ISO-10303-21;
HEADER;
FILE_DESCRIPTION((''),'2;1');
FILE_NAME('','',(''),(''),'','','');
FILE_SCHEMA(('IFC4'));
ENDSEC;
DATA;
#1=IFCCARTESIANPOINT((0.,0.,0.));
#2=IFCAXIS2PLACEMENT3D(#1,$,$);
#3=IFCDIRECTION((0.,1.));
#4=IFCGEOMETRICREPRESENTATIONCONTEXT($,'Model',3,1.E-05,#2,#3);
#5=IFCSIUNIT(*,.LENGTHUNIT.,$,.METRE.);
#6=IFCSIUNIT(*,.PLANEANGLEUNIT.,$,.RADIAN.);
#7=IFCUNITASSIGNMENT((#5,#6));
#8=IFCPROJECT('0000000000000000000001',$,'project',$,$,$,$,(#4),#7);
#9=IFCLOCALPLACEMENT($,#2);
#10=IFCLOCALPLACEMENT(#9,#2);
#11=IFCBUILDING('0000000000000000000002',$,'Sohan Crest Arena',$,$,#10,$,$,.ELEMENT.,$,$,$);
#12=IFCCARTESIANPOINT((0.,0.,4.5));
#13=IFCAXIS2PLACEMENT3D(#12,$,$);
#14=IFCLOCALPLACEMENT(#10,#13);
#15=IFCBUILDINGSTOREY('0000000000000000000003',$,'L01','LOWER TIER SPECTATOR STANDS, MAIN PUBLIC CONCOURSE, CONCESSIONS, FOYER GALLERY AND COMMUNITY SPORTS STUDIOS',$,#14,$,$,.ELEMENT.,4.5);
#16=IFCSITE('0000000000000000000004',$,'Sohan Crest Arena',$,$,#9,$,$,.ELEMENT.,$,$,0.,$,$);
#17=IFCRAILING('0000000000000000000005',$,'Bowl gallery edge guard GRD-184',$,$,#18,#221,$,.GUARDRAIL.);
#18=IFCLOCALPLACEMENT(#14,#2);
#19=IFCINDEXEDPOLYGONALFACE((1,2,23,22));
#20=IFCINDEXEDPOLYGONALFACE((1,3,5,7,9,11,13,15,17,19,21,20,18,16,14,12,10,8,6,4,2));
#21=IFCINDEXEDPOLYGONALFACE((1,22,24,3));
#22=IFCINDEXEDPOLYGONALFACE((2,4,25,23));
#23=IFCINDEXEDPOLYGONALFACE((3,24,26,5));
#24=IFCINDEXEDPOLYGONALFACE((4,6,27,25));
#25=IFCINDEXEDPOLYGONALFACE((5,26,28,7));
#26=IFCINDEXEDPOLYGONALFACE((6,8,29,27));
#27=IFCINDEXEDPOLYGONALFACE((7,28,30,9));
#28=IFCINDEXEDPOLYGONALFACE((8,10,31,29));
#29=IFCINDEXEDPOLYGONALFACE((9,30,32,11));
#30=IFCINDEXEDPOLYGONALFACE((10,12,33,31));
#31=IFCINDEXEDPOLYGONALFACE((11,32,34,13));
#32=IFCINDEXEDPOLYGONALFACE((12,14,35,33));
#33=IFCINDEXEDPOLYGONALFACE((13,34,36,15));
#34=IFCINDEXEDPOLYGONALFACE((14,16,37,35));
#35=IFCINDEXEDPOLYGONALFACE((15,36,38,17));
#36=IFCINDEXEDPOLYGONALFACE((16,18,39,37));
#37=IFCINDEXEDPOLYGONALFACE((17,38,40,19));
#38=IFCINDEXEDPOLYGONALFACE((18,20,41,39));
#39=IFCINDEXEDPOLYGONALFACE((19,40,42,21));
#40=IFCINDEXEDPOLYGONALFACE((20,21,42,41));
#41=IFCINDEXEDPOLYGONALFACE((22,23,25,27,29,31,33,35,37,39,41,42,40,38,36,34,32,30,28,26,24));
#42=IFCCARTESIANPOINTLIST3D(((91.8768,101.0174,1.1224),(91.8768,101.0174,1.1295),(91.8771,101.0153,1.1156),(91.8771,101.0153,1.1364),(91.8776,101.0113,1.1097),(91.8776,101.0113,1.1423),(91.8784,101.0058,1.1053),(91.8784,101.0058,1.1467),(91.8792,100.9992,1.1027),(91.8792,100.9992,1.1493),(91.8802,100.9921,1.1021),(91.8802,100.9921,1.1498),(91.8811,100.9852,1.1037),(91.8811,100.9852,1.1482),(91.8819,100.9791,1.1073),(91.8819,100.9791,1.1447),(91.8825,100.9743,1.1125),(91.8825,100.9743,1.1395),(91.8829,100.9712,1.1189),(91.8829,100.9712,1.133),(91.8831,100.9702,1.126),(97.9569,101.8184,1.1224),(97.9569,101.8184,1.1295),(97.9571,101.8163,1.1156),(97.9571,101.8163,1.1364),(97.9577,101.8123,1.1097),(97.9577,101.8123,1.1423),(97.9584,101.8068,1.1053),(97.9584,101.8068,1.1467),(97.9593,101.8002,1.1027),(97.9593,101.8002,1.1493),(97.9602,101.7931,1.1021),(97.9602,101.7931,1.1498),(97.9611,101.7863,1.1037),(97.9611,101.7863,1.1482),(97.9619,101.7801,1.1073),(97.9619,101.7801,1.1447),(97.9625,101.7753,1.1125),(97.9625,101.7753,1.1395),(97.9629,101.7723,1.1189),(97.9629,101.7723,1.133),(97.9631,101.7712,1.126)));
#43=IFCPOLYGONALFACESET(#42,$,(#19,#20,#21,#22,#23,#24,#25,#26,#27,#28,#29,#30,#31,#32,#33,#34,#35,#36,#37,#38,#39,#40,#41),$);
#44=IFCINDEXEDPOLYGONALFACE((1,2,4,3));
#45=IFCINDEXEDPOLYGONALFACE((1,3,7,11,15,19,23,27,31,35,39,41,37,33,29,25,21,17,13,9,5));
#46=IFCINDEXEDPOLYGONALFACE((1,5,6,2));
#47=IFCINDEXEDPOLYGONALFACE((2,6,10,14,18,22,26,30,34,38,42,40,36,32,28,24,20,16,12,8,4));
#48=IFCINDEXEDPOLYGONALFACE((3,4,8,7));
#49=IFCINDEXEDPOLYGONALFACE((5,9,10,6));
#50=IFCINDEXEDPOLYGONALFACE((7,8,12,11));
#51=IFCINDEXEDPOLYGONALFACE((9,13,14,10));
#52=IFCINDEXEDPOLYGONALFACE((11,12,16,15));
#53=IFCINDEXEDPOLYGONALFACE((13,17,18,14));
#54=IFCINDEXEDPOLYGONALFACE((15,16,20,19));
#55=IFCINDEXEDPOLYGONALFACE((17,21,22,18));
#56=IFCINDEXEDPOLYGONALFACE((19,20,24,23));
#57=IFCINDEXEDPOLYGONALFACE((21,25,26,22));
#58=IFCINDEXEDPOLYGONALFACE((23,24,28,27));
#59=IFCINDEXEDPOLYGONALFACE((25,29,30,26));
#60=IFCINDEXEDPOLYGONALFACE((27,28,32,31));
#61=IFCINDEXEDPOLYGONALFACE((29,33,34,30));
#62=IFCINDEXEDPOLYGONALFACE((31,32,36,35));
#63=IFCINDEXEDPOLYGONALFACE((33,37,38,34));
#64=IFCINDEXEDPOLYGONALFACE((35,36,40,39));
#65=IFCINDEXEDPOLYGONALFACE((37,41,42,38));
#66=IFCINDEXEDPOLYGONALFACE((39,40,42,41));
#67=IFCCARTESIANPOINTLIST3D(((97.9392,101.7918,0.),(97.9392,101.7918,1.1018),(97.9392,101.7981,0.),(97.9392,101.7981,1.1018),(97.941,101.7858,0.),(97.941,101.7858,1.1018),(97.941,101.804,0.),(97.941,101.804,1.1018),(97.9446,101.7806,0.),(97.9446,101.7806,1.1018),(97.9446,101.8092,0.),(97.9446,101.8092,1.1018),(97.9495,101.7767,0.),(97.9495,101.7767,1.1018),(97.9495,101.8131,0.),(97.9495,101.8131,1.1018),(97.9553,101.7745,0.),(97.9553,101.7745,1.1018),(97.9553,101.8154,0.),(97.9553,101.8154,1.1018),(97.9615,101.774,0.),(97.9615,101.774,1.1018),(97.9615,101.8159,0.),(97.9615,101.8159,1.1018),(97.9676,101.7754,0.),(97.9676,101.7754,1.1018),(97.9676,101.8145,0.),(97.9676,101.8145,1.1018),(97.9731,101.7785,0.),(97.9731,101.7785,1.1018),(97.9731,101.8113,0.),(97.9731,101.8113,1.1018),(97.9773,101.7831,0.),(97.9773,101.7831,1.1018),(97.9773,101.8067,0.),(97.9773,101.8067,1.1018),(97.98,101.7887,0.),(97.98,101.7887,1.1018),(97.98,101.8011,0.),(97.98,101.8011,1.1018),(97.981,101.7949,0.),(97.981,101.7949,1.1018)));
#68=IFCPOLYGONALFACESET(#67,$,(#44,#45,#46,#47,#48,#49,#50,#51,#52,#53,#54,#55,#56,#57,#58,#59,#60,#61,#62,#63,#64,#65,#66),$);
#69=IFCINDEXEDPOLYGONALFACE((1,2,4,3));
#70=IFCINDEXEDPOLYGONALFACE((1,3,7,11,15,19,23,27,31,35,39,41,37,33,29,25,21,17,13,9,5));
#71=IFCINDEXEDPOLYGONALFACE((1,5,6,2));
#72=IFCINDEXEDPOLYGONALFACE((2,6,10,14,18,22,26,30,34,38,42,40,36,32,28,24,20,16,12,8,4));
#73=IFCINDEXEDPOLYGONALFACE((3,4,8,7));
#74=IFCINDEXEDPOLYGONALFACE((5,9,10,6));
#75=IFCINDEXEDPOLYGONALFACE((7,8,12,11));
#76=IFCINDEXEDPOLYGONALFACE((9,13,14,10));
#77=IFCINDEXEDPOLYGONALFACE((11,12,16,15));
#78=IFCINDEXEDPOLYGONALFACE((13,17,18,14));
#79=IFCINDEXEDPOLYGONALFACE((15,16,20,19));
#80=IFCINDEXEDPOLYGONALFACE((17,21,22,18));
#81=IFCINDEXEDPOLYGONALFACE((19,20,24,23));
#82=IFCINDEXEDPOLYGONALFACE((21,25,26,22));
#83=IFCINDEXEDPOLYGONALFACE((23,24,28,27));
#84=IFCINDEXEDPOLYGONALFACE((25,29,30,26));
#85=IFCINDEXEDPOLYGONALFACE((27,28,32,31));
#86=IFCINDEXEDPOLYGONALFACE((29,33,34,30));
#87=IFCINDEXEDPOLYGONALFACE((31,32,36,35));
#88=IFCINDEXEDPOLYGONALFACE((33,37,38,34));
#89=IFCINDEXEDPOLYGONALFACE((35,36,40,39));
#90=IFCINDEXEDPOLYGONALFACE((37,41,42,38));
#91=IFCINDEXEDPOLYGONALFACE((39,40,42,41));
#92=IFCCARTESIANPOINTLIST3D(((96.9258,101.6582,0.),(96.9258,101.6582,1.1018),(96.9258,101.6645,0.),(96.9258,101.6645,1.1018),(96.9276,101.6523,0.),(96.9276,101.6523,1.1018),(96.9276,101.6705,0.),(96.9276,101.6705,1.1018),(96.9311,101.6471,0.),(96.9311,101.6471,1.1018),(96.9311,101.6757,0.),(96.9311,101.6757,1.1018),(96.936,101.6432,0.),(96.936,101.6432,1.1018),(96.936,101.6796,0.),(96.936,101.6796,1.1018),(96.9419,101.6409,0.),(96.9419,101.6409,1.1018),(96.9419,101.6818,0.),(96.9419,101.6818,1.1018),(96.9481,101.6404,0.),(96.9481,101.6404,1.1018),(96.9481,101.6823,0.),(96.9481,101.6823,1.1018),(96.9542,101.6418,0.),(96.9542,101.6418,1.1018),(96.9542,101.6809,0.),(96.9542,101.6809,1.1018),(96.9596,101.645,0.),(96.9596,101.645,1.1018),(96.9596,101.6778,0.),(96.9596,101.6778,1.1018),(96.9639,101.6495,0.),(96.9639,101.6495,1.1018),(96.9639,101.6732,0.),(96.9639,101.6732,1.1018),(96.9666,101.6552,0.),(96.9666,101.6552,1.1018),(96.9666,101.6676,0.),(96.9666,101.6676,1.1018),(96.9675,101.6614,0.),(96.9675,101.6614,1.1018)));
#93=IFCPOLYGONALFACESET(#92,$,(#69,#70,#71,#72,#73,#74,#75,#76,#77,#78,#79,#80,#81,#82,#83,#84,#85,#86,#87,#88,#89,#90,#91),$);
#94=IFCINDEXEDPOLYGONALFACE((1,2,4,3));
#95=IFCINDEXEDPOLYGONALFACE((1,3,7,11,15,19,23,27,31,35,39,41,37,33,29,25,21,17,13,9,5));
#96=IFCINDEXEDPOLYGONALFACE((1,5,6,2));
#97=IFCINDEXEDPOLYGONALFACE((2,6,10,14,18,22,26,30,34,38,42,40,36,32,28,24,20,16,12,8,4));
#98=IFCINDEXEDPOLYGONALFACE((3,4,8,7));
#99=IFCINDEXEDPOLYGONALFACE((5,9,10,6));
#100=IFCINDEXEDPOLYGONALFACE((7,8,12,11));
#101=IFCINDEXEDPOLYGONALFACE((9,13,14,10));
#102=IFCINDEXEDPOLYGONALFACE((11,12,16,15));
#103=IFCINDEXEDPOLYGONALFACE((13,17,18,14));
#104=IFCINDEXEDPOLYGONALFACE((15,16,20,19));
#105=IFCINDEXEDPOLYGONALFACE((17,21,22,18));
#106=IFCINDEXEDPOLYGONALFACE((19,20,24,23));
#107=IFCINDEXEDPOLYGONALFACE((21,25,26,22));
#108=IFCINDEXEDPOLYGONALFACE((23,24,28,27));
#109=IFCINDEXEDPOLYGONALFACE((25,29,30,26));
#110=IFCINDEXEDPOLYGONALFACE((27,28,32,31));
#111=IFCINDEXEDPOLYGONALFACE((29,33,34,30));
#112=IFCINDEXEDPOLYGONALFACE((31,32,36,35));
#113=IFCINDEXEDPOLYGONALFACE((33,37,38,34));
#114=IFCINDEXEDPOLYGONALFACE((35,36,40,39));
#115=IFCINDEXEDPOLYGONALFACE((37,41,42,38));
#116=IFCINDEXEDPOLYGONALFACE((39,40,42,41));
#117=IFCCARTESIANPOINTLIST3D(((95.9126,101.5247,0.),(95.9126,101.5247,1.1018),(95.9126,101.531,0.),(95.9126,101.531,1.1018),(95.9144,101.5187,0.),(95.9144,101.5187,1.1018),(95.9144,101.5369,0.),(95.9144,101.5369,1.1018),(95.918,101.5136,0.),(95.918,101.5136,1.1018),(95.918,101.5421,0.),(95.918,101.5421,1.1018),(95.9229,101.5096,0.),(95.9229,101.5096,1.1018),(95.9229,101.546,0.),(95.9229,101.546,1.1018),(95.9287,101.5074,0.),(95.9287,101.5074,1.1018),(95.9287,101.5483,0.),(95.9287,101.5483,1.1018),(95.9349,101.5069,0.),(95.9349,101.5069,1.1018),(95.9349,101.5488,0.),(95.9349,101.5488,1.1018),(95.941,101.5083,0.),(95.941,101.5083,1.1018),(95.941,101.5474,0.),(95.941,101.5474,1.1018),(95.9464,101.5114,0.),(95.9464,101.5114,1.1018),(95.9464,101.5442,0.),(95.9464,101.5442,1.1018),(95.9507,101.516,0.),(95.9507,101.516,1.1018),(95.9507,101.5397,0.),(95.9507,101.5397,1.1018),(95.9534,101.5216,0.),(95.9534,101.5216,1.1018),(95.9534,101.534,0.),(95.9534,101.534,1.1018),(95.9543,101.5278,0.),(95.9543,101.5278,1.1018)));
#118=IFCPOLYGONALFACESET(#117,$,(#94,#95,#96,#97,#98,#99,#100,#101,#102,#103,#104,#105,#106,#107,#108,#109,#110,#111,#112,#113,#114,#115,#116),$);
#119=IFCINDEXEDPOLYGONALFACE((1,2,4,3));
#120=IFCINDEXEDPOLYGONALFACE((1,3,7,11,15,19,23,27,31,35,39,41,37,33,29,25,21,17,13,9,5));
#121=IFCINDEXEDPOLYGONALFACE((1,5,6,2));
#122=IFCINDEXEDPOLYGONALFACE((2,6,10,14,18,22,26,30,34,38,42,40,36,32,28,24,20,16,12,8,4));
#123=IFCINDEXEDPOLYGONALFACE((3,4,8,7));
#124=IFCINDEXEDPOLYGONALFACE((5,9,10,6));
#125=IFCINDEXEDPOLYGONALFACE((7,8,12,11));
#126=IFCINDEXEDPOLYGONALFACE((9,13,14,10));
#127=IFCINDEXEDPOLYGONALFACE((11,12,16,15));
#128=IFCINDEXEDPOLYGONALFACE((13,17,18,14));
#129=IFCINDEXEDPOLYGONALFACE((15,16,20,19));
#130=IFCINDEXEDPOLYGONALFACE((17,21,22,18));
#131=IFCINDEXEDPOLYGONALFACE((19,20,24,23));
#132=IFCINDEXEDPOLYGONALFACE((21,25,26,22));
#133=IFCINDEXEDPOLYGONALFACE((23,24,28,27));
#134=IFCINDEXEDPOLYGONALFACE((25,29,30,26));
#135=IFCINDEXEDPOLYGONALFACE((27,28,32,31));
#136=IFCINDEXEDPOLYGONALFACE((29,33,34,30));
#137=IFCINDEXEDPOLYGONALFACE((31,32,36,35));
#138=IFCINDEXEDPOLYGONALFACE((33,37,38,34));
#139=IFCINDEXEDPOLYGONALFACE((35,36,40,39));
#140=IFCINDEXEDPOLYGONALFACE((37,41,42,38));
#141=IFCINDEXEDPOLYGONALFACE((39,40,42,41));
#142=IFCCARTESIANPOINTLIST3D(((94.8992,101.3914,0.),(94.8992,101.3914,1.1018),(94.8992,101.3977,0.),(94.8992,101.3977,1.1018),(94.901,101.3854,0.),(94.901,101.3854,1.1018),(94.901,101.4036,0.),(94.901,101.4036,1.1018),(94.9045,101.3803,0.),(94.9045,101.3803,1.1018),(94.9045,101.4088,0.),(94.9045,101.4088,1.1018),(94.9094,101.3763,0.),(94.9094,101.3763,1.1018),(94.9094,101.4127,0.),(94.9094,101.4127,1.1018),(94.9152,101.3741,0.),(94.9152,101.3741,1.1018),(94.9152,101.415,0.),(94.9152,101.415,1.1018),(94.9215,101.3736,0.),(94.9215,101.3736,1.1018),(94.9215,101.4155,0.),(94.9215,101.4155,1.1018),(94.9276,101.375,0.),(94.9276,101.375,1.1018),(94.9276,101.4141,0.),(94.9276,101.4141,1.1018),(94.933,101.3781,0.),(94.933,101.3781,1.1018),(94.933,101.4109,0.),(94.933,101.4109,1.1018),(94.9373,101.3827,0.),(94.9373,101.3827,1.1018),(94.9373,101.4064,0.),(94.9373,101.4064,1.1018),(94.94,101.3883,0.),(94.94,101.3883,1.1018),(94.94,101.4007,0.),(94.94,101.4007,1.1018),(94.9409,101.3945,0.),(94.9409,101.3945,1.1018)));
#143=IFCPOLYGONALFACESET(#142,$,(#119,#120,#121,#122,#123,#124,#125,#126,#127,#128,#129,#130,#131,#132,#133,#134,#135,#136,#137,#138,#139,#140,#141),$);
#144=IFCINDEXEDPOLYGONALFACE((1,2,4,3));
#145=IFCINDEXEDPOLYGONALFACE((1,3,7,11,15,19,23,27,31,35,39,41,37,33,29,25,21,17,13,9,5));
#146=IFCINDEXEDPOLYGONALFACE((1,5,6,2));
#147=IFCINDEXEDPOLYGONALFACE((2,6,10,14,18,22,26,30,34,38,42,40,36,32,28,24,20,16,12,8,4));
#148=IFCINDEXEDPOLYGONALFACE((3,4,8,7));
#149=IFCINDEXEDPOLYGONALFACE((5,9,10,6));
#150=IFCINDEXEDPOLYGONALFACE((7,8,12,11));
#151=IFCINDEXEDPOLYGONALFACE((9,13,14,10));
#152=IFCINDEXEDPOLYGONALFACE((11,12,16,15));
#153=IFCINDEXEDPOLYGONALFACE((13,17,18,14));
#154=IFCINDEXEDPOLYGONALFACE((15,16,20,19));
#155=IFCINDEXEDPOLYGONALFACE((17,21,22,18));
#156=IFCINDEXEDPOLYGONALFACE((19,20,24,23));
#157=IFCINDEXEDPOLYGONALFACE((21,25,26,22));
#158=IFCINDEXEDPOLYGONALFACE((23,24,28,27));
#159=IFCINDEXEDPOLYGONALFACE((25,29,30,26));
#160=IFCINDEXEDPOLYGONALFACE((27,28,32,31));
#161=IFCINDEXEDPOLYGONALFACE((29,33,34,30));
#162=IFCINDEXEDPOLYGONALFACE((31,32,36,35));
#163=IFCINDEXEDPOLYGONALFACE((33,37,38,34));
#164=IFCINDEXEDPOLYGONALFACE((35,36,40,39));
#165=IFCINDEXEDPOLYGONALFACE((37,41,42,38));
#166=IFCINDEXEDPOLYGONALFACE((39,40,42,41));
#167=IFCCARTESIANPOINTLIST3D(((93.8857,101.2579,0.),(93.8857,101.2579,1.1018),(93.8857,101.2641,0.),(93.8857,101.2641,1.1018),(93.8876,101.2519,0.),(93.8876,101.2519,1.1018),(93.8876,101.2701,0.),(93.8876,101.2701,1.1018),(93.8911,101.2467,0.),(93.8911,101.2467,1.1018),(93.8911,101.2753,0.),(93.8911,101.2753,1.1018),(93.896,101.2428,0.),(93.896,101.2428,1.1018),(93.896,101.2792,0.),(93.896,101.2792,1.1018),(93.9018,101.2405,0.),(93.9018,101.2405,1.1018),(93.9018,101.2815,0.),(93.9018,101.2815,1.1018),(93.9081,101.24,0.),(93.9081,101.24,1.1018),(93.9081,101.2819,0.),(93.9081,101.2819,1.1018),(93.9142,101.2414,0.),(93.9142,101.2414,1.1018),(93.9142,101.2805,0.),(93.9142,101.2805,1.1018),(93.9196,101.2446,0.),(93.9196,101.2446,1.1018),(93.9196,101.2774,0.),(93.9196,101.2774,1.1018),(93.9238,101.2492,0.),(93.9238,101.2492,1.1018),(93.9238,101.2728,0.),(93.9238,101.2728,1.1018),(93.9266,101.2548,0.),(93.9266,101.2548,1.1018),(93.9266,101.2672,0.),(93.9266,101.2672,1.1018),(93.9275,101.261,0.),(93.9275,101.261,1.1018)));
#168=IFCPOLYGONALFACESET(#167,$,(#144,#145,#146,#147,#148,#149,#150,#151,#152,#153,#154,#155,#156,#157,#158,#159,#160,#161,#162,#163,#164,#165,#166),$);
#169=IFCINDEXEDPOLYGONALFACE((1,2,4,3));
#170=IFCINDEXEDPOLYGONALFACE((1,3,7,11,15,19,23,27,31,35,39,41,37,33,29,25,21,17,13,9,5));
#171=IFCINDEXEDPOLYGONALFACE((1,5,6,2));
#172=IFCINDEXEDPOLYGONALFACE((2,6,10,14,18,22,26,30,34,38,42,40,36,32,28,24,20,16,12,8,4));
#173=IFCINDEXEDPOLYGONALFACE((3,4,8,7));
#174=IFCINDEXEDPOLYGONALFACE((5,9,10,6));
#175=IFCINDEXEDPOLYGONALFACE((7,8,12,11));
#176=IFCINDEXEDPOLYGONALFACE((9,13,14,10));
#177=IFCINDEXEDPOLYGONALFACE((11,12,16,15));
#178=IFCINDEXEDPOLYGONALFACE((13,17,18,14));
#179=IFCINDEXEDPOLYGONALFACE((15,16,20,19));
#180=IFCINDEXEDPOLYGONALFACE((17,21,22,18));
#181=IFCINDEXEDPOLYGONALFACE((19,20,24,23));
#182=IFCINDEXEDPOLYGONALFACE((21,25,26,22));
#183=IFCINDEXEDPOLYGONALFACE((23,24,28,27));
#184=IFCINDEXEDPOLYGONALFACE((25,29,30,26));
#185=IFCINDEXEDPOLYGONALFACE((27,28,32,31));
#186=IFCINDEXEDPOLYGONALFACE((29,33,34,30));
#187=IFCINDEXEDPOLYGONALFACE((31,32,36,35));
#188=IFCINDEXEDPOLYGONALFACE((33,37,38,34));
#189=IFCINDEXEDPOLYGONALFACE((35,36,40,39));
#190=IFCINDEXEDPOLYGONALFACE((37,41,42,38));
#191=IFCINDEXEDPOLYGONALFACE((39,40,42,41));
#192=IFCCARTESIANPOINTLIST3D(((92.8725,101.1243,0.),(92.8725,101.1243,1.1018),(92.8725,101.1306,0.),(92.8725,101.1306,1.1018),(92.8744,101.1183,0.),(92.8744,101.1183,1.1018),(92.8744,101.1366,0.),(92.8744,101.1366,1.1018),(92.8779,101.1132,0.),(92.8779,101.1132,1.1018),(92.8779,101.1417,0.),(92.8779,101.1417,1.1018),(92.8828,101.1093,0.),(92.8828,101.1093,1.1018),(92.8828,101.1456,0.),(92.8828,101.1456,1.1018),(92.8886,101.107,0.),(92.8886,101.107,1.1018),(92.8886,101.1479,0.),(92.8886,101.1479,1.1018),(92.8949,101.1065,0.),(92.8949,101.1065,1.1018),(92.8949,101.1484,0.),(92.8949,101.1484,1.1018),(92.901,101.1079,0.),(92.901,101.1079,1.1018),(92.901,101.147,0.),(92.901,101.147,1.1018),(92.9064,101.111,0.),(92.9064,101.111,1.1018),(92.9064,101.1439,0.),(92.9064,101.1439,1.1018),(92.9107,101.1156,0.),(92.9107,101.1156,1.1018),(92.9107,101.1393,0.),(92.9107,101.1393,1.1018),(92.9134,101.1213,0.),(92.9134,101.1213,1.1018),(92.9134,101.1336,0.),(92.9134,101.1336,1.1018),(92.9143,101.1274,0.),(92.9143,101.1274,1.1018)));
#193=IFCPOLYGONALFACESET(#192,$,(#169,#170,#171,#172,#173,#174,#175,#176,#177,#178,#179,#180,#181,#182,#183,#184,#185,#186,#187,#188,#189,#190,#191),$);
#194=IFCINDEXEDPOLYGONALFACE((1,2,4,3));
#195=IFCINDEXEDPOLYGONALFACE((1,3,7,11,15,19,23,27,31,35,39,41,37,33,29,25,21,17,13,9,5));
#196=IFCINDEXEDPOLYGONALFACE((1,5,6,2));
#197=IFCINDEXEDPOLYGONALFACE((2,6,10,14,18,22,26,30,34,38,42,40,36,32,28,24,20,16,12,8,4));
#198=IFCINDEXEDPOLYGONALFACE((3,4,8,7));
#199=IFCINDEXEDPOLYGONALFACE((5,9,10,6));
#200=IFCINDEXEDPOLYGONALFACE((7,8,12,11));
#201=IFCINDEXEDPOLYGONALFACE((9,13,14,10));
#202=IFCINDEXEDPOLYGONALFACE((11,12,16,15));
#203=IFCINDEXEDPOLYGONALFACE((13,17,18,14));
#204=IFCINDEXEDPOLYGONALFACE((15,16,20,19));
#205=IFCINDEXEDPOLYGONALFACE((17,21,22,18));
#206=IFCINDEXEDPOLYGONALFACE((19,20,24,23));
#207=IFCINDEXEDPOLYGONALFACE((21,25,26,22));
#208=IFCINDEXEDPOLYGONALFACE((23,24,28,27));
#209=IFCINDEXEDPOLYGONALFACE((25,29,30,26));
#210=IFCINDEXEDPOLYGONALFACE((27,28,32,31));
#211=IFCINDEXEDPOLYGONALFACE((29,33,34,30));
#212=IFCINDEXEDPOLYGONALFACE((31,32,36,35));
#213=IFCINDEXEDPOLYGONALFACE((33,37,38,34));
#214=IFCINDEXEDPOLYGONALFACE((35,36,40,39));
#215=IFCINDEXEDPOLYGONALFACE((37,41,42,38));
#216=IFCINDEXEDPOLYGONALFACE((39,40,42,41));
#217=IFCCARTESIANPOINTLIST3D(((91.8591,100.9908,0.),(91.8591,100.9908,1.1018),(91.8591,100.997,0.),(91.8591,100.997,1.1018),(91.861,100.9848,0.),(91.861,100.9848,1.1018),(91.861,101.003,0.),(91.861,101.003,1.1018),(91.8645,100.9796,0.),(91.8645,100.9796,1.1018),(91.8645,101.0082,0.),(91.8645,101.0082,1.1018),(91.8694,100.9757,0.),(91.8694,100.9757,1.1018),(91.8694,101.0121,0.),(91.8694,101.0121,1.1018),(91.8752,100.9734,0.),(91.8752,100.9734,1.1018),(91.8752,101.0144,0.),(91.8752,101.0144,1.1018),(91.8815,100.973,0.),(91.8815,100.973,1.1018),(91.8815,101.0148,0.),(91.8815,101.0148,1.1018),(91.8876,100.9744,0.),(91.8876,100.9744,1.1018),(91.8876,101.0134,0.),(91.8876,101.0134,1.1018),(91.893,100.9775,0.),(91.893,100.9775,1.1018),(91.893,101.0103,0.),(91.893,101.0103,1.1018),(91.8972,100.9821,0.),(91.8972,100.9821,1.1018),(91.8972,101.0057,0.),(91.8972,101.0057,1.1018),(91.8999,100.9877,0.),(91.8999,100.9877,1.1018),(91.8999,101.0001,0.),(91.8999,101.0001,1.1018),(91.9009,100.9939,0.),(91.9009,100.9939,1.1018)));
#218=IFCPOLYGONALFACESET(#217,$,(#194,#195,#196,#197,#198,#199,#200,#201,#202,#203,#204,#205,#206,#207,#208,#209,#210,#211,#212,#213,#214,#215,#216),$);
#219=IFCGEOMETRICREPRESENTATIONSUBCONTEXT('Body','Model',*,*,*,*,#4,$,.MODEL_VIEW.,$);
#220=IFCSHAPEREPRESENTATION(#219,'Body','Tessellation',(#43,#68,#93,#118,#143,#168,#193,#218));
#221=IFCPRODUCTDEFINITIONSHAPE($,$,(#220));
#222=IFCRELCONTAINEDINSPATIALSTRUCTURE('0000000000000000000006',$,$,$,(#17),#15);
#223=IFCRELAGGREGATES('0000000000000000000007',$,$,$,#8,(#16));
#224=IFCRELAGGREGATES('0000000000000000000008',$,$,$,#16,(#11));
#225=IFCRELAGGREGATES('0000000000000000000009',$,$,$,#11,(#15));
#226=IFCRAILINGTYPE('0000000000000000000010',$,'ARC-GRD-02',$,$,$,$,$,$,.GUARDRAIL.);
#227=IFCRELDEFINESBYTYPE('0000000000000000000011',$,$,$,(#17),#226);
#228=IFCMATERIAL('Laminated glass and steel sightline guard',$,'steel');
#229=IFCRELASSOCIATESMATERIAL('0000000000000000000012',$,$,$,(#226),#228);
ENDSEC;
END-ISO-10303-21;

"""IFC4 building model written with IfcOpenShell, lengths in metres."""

from ifc_helpers import new_model, si_unit, direction, frame, origin, origin_2d, place, context, subcontext, project, spatial, circle, extrude, material, type_object, element, save


model = new_model("IFC4")

# Units and contexts
model_context = context("Model", 3, precision=1e-05, world=origin(), true_north=direction((0.0, 1.0)))
body_context = subcontext(model_context, "Body", "Model", "MODEL_VIEW")
ifc_project = project(units=[si_unit("LENGTHUNIT", "METRE"), si_unit("PLANEANGLEUNIT", "RADIAN")], contexts=[model_context])

# Site, building, storey
site_placement = place(None, origin())
site = spatial("IfcSite", under=ifc_project, at=site_placement, Name="Sohan Crest Arena", CompositionType="ELEMENT", RefElevation=0.0)
building_placement = place(site_placement, origin())
building = spatial("IfcBuilding", under=site, at=building_placement, Name="Sohan Crest Arena", CompositionType="ELEMENT")
storey_placement = place(building_placement, frame((0.0, 0.0, 4.5)))
storey = spatial("IfcBuildingStorey", under=building, at=storey_placement, Name="L01", Description="LOWER TIER SPECTATOR STANDS, MAIN PUBLIC CONCOURSE, CONCESSIONS, FOYER GALLERY AND COMMUNITY SPORTS STUDIOS", CompositionType="ELEMENT", Elevation=4.5)

# Railing
ifc_material_1 = material(Name="Laminated glass and steel sightline guard", Category="steel")
railing_type = type_object("IfcRailingType", Name="ARC-GRD-02", PredefinedType="GUARDRAIL", material=ifc_material_1)
railing_1_placement = place(storey_placement, frame((97.96, 101.7949, 0.0)))
element("IfcRailing", 1, at=railing_1_placement, inside=storey, type_object=railing_type, Name="Bowl gallery edge guard GRD-184", PredefinedType="GUARDRAIL", context=body_context, shape_type="SweptSolid", body=[
    extrude(circle(Radius=0.0239, at=origin_2d()), frame((0.0, 0.0, 1.126), z_axis=(-0.991433, -0.130617, 0.0), x_axis=(0.130617, -0.991433, 0.0)), (0.0, 0.0, 1.0), 6.1326),
    extrude(circle(Radius=0.021, at=origin_2d()), origin(), (0.0, 0.0, 1.0), 1.1018),
    extrude(circle(Radius=0.021, at=origin_2d()), frame((-1.0134, -0.1335, 0.0)), (0.0, 0.0, 1.0), 1.1018),
    extrude(circle(Radius=0.021, at=origin_2d()), frame((-2.0266, -0.2671, 0.0)), (0.0, 0.0, 1.0), 1.1018),
    extrude(circle(Radius=0.021, at=origin_2d()), frame((-3.04, -0.4004, 0.0)), (0.0, 0.0, 1.0), 1.1018),
    extrude(circle(Radius=0.021, at=origin_2d()), frame((-4.0535, -0.5339, 0.0)), (0.0, 0.0, 1.0), 1.1018),
    extrude(circle(Radius=0.021, at=origin_2d()), frame((-5.0667, -0.6675, 0.0)), (0.0, 0.0, 1.0), 1.1018),
    extrude(circle(Radius=0.021, at=origin_2d()), frame((-6.0801, -0.801, 0.0)), (0.0, 0.0, 1.0), 1.1018),
])

save(model, "model.ifc")
